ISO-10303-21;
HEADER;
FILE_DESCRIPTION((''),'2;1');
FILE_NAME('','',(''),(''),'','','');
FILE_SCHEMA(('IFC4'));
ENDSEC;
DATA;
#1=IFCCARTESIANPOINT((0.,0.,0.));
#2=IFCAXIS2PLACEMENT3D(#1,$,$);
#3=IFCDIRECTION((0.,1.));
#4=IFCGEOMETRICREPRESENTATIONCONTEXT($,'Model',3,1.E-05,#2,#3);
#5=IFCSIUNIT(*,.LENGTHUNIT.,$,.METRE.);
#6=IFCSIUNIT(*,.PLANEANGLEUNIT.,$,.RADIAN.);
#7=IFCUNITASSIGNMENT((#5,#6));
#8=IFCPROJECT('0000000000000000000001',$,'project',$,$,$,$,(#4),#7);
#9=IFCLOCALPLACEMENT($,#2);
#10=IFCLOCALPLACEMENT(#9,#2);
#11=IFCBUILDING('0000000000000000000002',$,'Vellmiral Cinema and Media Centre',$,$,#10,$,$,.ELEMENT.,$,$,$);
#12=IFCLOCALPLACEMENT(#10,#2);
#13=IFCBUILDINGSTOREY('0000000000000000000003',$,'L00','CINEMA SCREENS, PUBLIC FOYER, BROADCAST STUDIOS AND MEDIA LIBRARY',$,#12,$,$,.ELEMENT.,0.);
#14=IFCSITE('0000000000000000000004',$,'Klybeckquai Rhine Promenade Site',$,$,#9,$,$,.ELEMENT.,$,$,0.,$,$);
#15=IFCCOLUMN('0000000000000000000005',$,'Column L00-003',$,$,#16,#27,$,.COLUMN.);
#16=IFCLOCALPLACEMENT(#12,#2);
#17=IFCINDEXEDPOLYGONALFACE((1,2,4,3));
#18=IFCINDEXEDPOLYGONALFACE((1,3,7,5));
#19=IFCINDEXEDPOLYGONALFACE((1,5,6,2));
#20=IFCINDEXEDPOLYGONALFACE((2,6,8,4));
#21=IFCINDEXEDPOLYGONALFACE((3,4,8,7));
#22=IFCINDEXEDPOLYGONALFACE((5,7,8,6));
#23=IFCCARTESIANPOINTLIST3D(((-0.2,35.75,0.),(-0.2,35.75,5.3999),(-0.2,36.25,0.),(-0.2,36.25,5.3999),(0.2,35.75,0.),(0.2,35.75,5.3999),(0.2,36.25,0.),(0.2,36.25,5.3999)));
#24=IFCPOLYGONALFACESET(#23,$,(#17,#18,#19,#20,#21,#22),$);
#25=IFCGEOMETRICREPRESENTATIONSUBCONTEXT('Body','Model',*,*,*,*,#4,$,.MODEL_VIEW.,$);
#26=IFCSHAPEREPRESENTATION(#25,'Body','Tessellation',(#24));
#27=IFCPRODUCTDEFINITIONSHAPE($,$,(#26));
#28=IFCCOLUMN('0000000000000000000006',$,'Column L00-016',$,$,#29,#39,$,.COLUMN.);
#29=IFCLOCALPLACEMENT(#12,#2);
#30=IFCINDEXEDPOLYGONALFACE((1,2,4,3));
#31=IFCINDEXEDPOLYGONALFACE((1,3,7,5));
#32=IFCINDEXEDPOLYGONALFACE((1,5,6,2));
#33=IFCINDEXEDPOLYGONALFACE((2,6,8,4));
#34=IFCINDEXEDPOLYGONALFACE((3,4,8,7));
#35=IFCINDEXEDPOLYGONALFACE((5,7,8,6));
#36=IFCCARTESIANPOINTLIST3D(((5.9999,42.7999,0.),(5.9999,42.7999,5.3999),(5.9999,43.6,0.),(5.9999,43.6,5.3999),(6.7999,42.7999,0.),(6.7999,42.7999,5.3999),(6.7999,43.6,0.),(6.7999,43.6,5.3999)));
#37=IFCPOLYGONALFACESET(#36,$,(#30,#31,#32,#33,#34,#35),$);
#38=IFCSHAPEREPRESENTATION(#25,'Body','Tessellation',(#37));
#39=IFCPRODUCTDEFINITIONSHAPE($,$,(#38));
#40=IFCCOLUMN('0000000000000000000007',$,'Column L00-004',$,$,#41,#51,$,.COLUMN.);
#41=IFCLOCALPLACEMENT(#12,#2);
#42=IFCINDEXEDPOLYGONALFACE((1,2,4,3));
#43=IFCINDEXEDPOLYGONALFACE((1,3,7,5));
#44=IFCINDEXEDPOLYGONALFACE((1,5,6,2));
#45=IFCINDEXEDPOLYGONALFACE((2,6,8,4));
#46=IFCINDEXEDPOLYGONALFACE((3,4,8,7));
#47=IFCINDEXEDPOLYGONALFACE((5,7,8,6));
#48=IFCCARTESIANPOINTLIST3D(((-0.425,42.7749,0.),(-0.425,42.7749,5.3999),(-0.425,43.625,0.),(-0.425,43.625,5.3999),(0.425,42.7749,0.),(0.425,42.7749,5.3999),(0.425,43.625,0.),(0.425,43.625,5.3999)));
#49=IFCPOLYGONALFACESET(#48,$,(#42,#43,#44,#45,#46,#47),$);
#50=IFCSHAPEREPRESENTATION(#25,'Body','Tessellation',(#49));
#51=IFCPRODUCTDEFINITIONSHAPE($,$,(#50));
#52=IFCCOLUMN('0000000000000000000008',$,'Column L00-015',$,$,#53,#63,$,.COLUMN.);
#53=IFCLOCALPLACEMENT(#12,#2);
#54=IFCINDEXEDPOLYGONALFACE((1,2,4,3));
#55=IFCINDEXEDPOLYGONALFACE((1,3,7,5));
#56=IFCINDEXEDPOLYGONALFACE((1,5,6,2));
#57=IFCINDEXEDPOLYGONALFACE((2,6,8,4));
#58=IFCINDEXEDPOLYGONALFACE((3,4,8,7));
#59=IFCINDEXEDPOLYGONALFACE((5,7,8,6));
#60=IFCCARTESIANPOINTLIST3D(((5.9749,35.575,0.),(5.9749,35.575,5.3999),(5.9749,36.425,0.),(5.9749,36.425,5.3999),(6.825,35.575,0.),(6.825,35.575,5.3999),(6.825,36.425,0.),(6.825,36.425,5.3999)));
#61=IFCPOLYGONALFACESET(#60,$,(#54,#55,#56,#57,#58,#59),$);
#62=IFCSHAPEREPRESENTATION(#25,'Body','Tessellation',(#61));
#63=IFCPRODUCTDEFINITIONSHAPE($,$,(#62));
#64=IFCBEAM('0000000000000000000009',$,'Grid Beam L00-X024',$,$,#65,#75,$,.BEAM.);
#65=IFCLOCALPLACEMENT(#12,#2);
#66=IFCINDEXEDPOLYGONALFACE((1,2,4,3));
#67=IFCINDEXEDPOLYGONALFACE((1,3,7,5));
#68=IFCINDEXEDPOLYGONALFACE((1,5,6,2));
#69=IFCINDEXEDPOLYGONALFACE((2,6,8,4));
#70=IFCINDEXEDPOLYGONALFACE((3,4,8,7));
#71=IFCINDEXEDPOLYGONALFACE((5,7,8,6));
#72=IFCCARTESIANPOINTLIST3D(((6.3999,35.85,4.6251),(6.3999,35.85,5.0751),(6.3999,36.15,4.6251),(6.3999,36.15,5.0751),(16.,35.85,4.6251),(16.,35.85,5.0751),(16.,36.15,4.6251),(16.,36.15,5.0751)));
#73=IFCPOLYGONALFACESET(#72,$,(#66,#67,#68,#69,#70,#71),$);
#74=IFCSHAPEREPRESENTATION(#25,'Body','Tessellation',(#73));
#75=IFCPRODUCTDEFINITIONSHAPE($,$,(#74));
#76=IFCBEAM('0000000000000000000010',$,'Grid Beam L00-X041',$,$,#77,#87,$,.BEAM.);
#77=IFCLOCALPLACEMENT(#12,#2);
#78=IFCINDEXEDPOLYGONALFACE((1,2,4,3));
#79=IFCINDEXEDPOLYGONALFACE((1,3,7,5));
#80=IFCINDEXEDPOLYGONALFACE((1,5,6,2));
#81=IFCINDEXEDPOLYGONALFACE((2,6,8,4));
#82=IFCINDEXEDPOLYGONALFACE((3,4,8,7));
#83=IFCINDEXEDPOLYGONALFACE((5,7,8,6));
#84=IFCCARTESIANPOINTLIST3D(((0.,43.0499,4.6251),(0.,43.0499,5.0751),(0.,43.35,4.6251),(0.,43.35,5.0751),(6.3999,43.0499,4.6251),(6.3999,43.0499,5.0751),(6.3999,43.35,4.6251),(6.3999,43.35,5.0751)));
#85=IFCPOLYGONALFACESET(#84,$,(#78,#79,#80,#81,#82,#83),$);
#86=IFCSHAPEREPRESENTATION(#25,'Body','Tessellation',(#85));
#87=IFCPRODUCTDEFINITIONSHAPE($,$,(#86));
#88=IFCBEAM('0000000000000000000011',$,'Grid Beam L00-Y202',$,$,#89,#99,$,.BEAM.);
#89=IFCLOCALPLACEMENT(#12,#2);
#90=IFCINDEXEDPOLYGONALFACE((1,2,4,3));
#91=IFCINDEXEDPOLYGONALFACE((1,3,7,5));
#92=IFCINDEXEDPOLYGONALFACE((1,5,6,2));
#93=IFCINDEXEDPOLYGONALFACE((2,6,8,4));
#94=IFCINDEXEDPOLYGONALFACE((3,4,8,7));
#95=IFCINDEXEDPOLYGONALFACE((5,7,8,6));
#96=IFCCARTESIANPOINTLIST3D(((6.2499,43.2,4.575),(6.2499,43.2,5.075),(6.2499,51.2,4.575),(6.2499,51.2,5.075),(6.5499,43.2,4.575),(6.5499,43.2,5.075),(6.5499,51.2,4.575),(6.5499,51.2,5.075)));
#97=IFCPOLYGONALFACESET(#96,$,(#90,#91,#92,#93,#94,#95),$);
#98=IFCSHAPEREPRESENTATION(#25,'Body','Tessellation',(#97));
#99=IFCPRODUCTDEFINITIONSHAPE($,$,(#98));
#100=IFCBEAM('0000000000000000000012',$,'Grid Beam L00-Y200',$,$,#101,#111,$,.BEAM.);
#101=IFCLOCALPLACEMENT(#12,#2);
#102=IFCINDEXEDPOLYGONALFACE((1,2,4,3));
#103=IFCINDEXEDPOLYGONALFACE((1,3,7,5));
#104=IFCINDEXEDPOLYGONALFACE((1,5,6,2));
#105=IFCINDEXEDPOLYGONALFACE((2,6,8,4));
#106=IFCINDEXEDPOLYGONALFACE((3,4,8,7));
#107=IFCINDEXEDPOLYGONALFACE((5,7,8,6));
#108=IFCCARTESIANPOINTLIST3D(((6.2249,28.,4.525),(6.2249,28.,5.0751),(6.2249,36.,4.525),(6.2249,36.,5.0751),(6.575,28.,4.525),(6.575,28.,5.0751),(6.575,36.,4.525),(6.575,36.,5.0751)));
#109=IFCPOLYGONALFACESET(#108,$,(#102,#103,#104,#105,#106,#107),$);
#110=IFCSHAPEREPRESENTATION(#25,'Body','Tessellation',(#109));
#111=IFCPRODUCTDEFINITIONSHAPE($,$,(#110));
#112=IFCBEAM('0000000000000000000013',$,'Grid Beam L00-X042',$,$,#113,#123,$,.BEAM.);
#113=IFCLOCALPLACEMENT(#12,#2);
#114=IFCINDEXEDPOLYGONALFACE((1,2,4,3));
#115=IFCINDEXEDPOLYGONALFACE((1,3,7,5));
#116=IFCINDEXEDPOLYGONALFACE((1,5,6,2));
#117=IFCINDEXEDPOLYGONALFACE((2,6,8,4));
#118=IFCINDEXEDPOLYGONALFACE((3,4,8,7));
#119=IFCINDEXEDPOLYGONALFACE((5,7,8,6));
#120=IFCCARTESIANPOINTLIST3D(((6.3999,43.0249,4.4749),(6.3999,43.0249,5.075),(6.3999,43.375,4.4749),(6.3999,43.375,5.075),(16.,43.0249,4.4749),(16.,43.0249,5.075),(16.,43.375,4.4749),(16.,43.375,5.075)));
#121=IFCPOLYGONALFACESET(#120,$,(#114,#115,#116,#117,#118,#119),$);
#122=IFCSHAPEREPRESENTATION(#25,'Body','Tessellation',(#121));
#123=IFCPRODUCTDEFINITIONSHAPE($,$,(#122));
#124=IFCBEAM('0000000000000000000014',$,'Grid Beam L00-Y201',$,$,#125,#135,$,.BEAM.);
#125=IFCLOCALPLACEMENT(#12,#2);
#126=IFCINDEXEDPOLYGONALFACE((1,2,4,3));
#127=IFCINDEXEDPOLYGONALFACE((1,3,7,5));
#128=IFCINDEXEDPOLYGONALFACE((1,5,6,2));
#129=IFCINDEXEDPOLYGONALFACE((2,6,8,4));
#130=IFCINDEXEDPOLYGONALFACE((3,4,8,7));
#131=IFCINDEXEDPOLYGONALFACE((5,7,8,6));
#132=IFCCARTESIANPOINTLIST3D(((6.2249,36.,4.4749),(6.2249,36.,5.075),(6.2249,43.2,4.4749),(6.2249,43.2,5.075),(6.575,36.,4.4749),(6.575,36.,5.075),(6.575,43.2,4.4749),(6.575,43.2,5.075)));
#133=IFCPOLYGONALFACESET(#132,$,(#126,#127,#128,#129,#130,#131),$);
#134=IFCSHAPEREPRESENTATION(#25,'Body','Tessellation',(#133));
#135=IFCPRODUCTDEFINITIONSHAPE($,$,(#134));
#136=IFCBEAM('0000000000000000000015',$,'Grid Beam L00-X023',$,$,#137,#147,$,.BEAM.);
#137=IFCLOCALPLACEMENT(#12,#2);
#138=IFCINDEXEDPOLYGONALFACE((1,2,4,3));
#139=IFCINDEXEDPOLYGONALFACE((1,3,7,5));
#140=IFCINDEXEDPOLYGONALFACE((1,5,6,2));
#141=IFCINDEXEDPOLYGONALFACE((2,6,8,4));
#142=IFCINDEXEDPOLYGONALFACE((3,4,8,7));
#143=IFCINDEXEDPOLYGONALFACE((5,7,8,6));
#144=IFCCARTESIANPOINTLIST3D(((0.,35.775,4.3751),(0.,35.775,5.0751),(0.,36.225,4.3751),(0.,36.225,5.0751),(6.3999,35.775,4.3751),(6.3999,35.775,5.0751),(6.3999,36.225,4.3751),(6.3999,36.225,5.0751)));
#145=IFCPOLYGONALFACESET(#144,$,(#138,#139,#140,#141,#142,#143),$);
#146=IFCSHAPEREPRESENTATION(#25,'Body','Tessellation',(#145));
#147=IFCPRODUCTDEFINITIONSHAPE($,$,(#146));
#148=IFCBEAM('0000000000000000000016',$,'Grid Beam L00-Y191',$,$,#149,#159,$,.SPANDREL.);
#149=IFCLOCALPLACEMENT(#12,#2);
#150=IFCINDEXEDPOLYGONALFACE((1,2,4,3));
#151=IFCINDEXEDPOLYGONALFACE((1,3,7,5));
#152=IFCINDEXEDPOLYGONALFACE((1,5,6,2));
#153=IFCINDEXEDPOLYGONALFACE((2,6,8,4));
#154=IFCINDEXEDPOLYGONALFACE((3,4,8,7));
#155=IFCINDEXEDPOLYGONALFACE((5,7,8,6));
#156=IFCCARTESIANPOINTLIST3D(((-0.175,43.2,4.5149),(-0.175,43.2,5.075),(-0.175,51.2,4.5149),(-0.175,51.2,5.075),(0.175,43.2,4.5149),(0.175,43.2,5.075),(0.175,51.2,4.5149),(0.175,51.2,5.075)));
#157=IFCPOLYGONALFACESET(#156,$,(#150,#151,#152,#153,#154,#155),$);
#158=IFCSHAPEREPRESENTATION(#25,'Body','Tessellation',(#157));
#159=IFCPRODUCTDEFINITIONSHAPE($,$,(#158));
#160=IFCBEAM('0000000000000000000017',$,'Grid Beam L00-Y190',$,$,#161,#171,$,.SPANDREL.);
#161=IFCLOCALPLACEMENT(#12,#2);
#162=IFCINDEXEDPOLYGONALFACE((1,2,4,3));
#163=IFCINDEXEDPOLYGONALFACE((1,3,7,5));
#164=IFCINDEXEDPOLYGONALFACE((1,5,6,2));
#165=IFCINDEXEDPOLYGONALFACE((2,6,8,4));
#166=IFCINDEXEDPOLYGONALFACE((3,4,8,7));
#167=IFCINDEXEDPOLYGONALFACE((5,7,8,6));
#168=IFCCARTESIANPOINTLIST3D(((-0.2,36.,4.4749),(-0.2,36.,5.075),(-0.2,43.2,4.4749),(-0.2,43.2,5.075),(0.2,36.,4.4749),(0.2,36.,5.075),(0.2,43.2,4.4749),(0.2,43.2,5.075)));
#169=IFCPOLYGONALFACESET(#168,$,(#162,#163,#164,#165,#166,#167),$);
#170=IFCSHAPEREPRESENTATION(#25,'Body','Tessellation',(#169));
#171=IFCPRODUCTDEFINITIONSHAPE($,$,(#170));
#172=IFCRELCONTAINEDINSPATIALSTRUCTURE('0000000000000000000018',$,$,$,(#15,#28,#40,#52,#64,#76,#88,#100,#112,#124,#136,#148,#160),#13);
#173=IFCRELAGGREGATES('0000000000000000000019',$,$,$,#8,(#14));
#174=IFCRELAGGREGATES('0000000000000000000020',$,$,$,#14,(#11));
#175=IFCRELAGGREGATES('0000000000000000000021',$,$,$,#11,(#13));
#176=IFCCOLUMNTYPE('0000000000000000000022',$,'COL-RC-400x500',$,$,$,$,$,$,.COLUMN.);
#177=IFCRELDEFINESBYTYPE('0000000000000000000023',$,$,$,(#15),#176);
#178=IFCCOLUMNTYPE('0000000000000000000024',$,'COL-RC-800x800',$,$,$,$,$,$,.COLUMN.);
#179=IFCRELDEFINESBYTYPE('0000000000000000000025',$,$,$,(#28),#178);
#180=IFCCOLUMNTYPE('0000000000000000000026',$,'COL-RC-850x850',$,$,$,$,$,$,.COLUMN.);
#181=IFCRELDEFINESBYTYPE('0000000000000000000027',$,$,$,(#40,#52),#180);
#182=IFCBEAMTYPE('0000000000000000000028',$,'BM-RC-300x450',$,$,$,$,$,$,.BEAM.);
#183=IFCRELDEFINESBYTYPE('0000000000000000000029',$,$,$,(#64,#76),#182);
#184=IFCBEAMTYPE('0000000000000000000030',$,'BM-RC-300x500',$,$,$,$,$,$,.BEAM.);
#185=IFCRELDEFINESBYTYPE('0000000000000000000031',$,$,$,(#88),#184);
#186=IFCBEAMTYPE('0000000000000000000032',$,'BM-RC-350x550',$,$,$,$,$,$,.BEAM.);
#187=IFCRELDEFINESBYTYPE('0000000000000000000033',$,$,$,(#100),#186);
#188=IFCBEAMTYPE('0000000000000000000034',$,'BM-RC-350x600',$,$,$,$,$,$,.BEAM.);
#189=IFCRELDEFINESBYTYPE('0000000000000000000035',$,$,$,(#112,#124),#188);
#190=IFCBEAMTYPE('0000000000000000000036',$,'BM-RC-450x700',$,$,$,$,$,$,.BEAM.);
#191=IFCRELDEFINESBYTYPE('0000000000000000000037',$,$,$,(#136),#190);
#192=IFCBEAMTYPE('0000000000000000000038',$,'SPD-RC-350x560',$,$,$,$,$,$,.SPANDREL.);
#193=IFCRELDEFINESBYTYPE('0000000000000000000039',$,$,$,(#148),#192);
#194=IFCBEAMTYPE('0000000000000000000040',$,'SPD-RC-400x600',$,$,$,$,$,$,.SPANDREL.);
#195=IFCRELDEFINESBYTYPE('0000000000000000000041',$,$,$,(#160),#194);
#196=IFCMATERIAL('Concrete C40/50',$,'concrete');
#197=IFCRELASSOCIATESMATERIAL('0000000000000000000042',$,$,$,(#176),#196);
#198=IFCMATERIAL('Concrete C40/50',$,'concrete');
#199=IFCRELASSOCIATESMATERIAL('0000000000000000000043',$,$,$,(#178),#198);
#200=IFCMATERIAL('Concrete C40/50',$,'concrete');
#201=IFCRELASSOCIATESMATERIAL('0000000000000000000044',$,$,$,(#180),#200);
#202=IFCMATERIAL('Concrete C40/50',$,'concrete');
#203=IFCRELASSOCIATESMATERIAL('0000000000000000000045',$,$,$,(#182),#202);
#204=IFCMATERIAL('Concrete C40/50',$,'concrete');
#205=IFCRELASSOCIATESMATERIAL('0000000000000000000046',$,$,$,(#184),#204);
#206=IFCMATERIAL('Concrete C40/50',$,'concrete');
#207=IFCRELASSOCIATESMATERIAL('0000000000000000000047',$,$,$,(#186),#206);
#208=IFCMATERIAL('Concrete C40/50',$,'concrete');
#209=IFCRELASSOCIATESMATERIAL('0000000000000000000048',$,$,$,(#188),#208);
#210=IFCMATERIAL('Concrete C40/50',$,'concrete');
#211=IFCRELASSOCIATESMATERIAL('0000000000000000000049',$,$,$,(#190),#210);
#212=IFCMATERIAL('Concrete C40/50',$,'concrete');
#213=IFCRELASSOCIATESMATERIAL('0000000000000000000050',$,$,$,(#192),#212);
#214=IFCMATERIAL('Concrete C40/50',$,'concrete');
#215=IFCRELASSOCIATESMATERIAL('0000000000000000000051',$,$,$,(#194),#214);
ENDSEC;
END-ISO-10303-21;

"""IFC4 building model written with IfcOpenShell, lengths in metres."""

from ifc_helpers import new_model, si_unit, direction, frame, origin, origin_2d, place, context, subcontext, project, spatial, rectangle, extrude, material, material_profile, profile_set, type_object, element, save


model = new_model("IFC4")

# Units and contexts
model_context = context("Model", 3, precision=1e-05, world=origin(), true_north=direction((0.0, 1.0)))
body_context = subcontext(model_context, "Body", "Model", "MODEL_VIEW")
ifc_project = project(units=[si_unit("LENGTHUNIT", "METRE"), si_unit("PLANEANGLEUNIT", "RADIAN")], contexts=[model_context])

# Site, building, storey
site_placement = place(None, origin())
site = spatial("IfcSite", under=ifc_project, at=site_placement, Name="Klybeckquai Rhine Promenade Site", CompositionType="ELEMENT", RefElevation=0.0)
building_placement = place(site_placement, origin())
building = spatial("IfcBuilding", under=site, at=building_placement, Name="Vellmiral Cinema and Media Centre", CompositionType="ELEMENT")
storey_placement = place(building_placement, origin())
storey = spatial("IfcBuildingStorey", under=building, at=storey_placement, Name="L00", Description="CINEMA SCREENS, PUBLIC FOYER, BROADCAST STUDIOS AND MEDIA LIBRARY", CompositionType="ELEMENT", Elevation=0.0)

# Columns
ifc_material_1 = material(Name="Concrete C40/50", Category="concrete")
ifc_material_profile_1 = material_profile(ifc_material_1, rectangle(XDim=0.3999, YDim=0.5, at=origin_2d()), Name="RC 400x500")
ifc_profile_set_1 = profile_set([ifc_material_profile_1], Name="Concrete C40/50")
column_type_1 = type_object("IfcColumnType", Name="COL-RC-400x500", PredefinedType="COLUMN", material=ifc_profile_set_1)
column_1_placement = place(storey_placement, frame((0.0, 36.0, 0.0), z_axis=(0.0, 0.0, 1.0), x_axis=(1.0, 0.0, 0.0)))
element("IfcColumn", 1, at=column_1_placement, inside=storey, type_object=column_type_1, Name="Column L00-003", PredefinedType="COLUMN", context=body_context, shape_type="SweptSolid", body=[
    extrude(rectangle(XDim=0.3999, YDim=0.5, at=origin_2d()), origin(), (0.0, 0.0, 1.0), 5.3999),
])
ifc_material_2 = material(Name="Concrete C40/50", Category="concrete")
ifc_material_profile_2 = material_profile(ifc_material_2, rectangle(XDim=0.8, YDim=0.8, at=origin_2d()), Name="RC 800x800")
ifc_profile_set_2 = profile_set([ifc_material_profile_2], Name="Concrete C40/50")
column_type_2 = type_object("IfcColumnType", Name="COL-RC-800x800", PredefinedType="COLUMN", material=ifc_profile_set_2)
column_2_placement = place(storey_placement, frame((6.3999, 43.2, 0.0), z_axis=(0.0, 0.0, 1.0), x_axis=(1.0, 0.0, 0.0)))
element("IfcColumn", 2, at=column_2_placement, inside=storey, type_object=column_type_2, Name="Column L00-016", PredefinedType="COLUMN", context=body_context, shape_type="SweptSolid", body=[
    extrude(rectangle(XDim=0.8, YDim=0.8, at=origin_2d()), origin(), (0.0, 0.0, 1.0), 5.3999),
])
ifc_material_3 = material(Name="Concrete C40/50", Category="concrete")
ifc_material_profile_3 = material_profile(ifc_material_3, rectangle(XDim=0.8501, YDim=0.8501, at=origin_2d()), Name="RC 850x850")
ifc_profile_set_3 = profile_set([ifc_material_profile_3], Name="Concrete C40/50")
column_type_3 = type_object("IfcColumnType", Name="COL-RC-850x850", PredefinedType="COLUMN", material=ifc_profile_set_3)
for number, where, z_axis, x_axis, name in (
    (3, (0.0, 43.2, 0.0), (0.0, 0.0, 1.0), (1.0, 0.0, 0.0), "Column L00-004"),
    (4, (6.3999, 36.0, 0.0), (0.0, 0.0, 1.0), (1.0, 0.0, 0.0), "Column L00-015"),
):
    element("IfcColumn", number, at=place(storey_placement, frame(where, z_axis=z_axis, x_axis=x_axis)), inside=storey, type_object=column_type_3, Name=name, PredefinedType="COLUMN", context=body_context, shape_type="SweptSolid", body=[
        extrude(rectangle(XDim=0.8501, YDim=0.8501, at=origin_2d()), origin(), (0.0, 0.0, 1.0), 5.3999),
    ])

# Beams
ifc_material_4 = material(Name="Concrete C40/50", Category="concrete")
ifc_material_profile_4 = material_profile(ifc_material_4, rectangle(XDim=0.3, YDim=0.45, at=origin_2d()), Name="RC 300x450")
ifc_profile_set_4 = profile_set([ifc_material_profile_4], Name="Concrete C40/50")
beam_type_1 = type_object("IfcBeamType", Name="BM-RC-300x450", PredefinedType="BEAM", material=ifc_profile_set_4)
beam_1_placement = place(storey_placement, frame((6.3999, 36.0, 4.8501), z_axis=(1.0, 0.0, 0.0), x_axis=(0.0, 1.0, 0.0)))
element("IfcBeam", 5, at=beam_1_placement, inside=storey, type_object=beam_type_1, Name="Grid Beam L00-X024", PredefinedType="BEAM", context=body_context, shape_type="SweptSolid", body=[
    extrude(rectangle(XDim=0.3, YDim=0.45, at=origin_2d()), origin(), (0.0, 0.0, 1.0), 9.6001),
])
beam_2_placement = place(storey_placement, frame((0.0, 43.2, 4.8501), z_axis=(1.0, 0.0, 0.0), x_axis=(0.0, 1.0, 0.0)))
element("IfcBeam", 6, at=beam_2_placement, inside=storey, type_object=beam_type_1, Name="Grid Beam L00-X041", PredefinedType="BEAM", context=body_context, shape_type="SweptSolid", body=[
    extrude(rectangle(XDim=0.3, YDim=0.45, at=origin_2d()), origin(), (0.0, 0.0, 1.0), 6.3999),
])
ifc_material_5 = material(Name="Concrete C40/50", Category="concrete")
ifc_material_profile_5 = material_profile(ifc_material_5, rectangle(XDim=0.3, YDim=0.5, at=origin_2d()), Name="RC 300x500")
ifc_profile_set_5 = profile_set([ifc_material_profile_5], Name="Concrete C40/50")
beam_type_2 = type_object("IfcBeamType", Name="BM-RC-300x500", PredefinedType="BEAM", material=ifc_profile_set_5)
beam_3_placement = place(storey_placement, frame((6.3999, 43.2, 4.825), z_axis=(0.0, 1.0, 0.0), x_axis=(-1.0, 0.0, 0.0)))
element("IfcBeam", 7, at=beam_3_placement, inside=storey, type_object=beam_type_2, Name="Grid Beam L00-Y202", PredefinedType="BEAM", context=body_context, shape_type="SweptSolid", body=[
    extrude(rectangle(XDim=0.3, YDim=0.5, at=origin_2d()), origin(), (0.0, 0.0, 1.0), 8.0),
])
ifc_material_6 = material(Name="Concrete C40/50", Category="concrete")
ifc_material_profile_6 = material_profile(ifc_material_6, rectangle(XDim=0.3501, YDim=0.55, at=origin_2d()), Name="RC 350x550")
ifc_profile_set_6 = profile_set([ifc_material_profile_6], Name="Concrete C40/50")
beam_type_3 = type_object("IfcBeamType", Name="BM-RC-350x550", PredefinedType="BEAM", material=ifc_profile_set_6)
beam_4_placement = place(storey_placement, frame((6.3999, 28.0, 4.8), z_axis=(0.0, 1.0, 0.0), x_axis=(-1.0, 0.0, 0.0)))
element("IfcBeam", 8, at=beam_4_placement, inside=storey, type_object=beam_type_3, Name="Grid Beam L00-Y200", PredefinedType="BEAM", context=body_context, shape_type="SweptSolid", body=[
    extrude(rectangle(XDim=0.3501, YDim=0.55, at=origin_2d()), origin(), (0.0, 0.0, 1.0), 8.0),
])
ifc_material_7 = material(Name="Concrete C40/50", Category="concrete")
ifc_material_profile_7 = material_profile(ifc_material_7, rectangle(XDim=0.3501, YDim=0.6001, at=origin_2d()), Name="RC 350x600")
ifc_profile_set_7 = profile_set([ifc_material_profile_7], Name="Concrete C40/50")
beam_type_4 = type_object("IfcBeamType", Name="BM-RC-350x600", PredefinedType="BEAM", material=ifc_profile_set_7)
beam_5_placement = place(storey_placement, frame((6.3999, 43.2, 4.7749), z_axis=(1.0, 0.0, 0.0), x_axis=(0.0, 1.0, 0.0)))
element("IfcBeam", 9, at=beam_5_placement, inside=storey, type_object=beam_type_4, Name="Grid Beam L00-X042", PredefinedType="BEAM", context=body_context, shape_type="SweptSolid", body=[
    extrude(rectangle(XDim=0.3501, YDim=0.6001, at=origin_2d()), origin(), (0.0, 0.0, 1.0), 9.6001),
])
beam_6_placement = place(storey_placement, frame((6.3999, 36.0, 4.7749), z_axis=(0.0, 1.0, 0.0), x_axis=(-1.0, 0.0, 0.0)))
element("IfcBeam", 10, at=beam_6_placement, inside=storey, type_object=beam_type_4, Name="Grid Beam L00-Y201", PredefinedType="BEAM", context=body_context, shape_type="SweptSolid", body=[
    extrude(rectangle(XDim=0.3501, YDim=0.6001, at=origin_2d()), origin(), (0.0, 0.0, 1.0), 7.2),
])
ifc_material_8 = material(Name="Concrete C40/50", Category="concrete")
ifc_material_profile_8 = material_profile(ifc_material_8, rectangle(XDim=0.45, YDim=0.7, at=origin_2d()), Name="RC 450x700")
ifc_profile_set_8 = profile_set([ifc_material_profile_8], Name="Concrete C40/50")
beam_type_5 = type_object("IfcBeamType", Name="BM-RC-450x700", PredefinedType="BEAM", material=ifc_profile_set_8)
beam_7_placement = place(storey_placement, frame((0.0, 36.0, 4.7251), z_axis=(1.0, 0.0, 0.0), x_axis=(0.0, 1.0, 0.0)))
element("IfcBeam", 11, at=beam_7_placement, inside=storey, type_object=beam_type_5, Name="Grid Beam L00-X023", PredefinedType="BEAM", context=body_context, shape_type="SweptSolid", body=[
    extrude(rectangle(XDim=0.45, YDim=0.7, at=origin_2d()), origin(), (0.0, 0.0, 1.0), 6.3999),
])
ifc_material_9 = material(Name="Concrete C40/50", Category="concrete")
ifc_material_profile_9 = material_profile(ifc_material_9, rectangle(XDim=0.3501, YDim=0.5601, at=origin_2d()), Name="RC 350x560")
ifc_profile_set_9 = profile_set([ifc_material_profile_9], Name="Concrete C40/50")
beam_type_6 = type_object("IfcBeamType", Name="SPD-RC-350x560", PredefinedType="SPANDREL", material=ifc_profile_set_9)
beam_8_placement = place(storey_placement, frame((0.0, 43.2, 4.7949), z_axis=(0.0, 1.0, 0.0), x_axis=(-1.0, 0.0, 0.0)))
element("IfcBeam", 12, at=beam_8_placement, inside=storey, type_object=beam_type_6, Name="Grid Beam L00-Y191", PredefinedType="SPANDREL", context=body_context, shape_type="SweptSolid", body=[
    extrude(rectangle(XDim=0.3501, YDim=0.5601, at=origin_2d()), origin(), (0.0, 0.0, 1.0), 8.0),
])
ifc_material_10 = material(Name="Concrete C40/50", Category="concrete")
ifc_material_profile_10 = material_profile(ifc_material_10, rectangle(XDim=0.3999, YDim=0.6001, at=origin_2d()), Name="RC 400x600")
ifc_profile_set_10 = profile_set([ifc_material_profile_10], Name="Concrete C40/50")
beam_type_7 = type_object("IfcBeamType", Name="SPD-RC-400x600", PredefinedType="SPANDREL", material=ifc_profile_set_10)
beam_9_placement = place(storey_placement, frame((0.0, 36.0, 4.7749), z_axis=(0.0, 1.0, 0.0), x_axis=(-1.0, 0.0, 0.0)))
element("IfcBeam", 13, at=beam_9_placement, inside=storey, type_object=beam_type_7, Name="Grid Beam L00-Y190", PredefinedType="SPANDREL", context=body_context, shape_type="SweptSolid", body=[
    extrude(rectangle(XDim=0.3999, YDim=0.6001, at=origin_2d()), origin(), (0.0, 0.0, 1.0), 7.2),
])

save(model, "model.ifc")
